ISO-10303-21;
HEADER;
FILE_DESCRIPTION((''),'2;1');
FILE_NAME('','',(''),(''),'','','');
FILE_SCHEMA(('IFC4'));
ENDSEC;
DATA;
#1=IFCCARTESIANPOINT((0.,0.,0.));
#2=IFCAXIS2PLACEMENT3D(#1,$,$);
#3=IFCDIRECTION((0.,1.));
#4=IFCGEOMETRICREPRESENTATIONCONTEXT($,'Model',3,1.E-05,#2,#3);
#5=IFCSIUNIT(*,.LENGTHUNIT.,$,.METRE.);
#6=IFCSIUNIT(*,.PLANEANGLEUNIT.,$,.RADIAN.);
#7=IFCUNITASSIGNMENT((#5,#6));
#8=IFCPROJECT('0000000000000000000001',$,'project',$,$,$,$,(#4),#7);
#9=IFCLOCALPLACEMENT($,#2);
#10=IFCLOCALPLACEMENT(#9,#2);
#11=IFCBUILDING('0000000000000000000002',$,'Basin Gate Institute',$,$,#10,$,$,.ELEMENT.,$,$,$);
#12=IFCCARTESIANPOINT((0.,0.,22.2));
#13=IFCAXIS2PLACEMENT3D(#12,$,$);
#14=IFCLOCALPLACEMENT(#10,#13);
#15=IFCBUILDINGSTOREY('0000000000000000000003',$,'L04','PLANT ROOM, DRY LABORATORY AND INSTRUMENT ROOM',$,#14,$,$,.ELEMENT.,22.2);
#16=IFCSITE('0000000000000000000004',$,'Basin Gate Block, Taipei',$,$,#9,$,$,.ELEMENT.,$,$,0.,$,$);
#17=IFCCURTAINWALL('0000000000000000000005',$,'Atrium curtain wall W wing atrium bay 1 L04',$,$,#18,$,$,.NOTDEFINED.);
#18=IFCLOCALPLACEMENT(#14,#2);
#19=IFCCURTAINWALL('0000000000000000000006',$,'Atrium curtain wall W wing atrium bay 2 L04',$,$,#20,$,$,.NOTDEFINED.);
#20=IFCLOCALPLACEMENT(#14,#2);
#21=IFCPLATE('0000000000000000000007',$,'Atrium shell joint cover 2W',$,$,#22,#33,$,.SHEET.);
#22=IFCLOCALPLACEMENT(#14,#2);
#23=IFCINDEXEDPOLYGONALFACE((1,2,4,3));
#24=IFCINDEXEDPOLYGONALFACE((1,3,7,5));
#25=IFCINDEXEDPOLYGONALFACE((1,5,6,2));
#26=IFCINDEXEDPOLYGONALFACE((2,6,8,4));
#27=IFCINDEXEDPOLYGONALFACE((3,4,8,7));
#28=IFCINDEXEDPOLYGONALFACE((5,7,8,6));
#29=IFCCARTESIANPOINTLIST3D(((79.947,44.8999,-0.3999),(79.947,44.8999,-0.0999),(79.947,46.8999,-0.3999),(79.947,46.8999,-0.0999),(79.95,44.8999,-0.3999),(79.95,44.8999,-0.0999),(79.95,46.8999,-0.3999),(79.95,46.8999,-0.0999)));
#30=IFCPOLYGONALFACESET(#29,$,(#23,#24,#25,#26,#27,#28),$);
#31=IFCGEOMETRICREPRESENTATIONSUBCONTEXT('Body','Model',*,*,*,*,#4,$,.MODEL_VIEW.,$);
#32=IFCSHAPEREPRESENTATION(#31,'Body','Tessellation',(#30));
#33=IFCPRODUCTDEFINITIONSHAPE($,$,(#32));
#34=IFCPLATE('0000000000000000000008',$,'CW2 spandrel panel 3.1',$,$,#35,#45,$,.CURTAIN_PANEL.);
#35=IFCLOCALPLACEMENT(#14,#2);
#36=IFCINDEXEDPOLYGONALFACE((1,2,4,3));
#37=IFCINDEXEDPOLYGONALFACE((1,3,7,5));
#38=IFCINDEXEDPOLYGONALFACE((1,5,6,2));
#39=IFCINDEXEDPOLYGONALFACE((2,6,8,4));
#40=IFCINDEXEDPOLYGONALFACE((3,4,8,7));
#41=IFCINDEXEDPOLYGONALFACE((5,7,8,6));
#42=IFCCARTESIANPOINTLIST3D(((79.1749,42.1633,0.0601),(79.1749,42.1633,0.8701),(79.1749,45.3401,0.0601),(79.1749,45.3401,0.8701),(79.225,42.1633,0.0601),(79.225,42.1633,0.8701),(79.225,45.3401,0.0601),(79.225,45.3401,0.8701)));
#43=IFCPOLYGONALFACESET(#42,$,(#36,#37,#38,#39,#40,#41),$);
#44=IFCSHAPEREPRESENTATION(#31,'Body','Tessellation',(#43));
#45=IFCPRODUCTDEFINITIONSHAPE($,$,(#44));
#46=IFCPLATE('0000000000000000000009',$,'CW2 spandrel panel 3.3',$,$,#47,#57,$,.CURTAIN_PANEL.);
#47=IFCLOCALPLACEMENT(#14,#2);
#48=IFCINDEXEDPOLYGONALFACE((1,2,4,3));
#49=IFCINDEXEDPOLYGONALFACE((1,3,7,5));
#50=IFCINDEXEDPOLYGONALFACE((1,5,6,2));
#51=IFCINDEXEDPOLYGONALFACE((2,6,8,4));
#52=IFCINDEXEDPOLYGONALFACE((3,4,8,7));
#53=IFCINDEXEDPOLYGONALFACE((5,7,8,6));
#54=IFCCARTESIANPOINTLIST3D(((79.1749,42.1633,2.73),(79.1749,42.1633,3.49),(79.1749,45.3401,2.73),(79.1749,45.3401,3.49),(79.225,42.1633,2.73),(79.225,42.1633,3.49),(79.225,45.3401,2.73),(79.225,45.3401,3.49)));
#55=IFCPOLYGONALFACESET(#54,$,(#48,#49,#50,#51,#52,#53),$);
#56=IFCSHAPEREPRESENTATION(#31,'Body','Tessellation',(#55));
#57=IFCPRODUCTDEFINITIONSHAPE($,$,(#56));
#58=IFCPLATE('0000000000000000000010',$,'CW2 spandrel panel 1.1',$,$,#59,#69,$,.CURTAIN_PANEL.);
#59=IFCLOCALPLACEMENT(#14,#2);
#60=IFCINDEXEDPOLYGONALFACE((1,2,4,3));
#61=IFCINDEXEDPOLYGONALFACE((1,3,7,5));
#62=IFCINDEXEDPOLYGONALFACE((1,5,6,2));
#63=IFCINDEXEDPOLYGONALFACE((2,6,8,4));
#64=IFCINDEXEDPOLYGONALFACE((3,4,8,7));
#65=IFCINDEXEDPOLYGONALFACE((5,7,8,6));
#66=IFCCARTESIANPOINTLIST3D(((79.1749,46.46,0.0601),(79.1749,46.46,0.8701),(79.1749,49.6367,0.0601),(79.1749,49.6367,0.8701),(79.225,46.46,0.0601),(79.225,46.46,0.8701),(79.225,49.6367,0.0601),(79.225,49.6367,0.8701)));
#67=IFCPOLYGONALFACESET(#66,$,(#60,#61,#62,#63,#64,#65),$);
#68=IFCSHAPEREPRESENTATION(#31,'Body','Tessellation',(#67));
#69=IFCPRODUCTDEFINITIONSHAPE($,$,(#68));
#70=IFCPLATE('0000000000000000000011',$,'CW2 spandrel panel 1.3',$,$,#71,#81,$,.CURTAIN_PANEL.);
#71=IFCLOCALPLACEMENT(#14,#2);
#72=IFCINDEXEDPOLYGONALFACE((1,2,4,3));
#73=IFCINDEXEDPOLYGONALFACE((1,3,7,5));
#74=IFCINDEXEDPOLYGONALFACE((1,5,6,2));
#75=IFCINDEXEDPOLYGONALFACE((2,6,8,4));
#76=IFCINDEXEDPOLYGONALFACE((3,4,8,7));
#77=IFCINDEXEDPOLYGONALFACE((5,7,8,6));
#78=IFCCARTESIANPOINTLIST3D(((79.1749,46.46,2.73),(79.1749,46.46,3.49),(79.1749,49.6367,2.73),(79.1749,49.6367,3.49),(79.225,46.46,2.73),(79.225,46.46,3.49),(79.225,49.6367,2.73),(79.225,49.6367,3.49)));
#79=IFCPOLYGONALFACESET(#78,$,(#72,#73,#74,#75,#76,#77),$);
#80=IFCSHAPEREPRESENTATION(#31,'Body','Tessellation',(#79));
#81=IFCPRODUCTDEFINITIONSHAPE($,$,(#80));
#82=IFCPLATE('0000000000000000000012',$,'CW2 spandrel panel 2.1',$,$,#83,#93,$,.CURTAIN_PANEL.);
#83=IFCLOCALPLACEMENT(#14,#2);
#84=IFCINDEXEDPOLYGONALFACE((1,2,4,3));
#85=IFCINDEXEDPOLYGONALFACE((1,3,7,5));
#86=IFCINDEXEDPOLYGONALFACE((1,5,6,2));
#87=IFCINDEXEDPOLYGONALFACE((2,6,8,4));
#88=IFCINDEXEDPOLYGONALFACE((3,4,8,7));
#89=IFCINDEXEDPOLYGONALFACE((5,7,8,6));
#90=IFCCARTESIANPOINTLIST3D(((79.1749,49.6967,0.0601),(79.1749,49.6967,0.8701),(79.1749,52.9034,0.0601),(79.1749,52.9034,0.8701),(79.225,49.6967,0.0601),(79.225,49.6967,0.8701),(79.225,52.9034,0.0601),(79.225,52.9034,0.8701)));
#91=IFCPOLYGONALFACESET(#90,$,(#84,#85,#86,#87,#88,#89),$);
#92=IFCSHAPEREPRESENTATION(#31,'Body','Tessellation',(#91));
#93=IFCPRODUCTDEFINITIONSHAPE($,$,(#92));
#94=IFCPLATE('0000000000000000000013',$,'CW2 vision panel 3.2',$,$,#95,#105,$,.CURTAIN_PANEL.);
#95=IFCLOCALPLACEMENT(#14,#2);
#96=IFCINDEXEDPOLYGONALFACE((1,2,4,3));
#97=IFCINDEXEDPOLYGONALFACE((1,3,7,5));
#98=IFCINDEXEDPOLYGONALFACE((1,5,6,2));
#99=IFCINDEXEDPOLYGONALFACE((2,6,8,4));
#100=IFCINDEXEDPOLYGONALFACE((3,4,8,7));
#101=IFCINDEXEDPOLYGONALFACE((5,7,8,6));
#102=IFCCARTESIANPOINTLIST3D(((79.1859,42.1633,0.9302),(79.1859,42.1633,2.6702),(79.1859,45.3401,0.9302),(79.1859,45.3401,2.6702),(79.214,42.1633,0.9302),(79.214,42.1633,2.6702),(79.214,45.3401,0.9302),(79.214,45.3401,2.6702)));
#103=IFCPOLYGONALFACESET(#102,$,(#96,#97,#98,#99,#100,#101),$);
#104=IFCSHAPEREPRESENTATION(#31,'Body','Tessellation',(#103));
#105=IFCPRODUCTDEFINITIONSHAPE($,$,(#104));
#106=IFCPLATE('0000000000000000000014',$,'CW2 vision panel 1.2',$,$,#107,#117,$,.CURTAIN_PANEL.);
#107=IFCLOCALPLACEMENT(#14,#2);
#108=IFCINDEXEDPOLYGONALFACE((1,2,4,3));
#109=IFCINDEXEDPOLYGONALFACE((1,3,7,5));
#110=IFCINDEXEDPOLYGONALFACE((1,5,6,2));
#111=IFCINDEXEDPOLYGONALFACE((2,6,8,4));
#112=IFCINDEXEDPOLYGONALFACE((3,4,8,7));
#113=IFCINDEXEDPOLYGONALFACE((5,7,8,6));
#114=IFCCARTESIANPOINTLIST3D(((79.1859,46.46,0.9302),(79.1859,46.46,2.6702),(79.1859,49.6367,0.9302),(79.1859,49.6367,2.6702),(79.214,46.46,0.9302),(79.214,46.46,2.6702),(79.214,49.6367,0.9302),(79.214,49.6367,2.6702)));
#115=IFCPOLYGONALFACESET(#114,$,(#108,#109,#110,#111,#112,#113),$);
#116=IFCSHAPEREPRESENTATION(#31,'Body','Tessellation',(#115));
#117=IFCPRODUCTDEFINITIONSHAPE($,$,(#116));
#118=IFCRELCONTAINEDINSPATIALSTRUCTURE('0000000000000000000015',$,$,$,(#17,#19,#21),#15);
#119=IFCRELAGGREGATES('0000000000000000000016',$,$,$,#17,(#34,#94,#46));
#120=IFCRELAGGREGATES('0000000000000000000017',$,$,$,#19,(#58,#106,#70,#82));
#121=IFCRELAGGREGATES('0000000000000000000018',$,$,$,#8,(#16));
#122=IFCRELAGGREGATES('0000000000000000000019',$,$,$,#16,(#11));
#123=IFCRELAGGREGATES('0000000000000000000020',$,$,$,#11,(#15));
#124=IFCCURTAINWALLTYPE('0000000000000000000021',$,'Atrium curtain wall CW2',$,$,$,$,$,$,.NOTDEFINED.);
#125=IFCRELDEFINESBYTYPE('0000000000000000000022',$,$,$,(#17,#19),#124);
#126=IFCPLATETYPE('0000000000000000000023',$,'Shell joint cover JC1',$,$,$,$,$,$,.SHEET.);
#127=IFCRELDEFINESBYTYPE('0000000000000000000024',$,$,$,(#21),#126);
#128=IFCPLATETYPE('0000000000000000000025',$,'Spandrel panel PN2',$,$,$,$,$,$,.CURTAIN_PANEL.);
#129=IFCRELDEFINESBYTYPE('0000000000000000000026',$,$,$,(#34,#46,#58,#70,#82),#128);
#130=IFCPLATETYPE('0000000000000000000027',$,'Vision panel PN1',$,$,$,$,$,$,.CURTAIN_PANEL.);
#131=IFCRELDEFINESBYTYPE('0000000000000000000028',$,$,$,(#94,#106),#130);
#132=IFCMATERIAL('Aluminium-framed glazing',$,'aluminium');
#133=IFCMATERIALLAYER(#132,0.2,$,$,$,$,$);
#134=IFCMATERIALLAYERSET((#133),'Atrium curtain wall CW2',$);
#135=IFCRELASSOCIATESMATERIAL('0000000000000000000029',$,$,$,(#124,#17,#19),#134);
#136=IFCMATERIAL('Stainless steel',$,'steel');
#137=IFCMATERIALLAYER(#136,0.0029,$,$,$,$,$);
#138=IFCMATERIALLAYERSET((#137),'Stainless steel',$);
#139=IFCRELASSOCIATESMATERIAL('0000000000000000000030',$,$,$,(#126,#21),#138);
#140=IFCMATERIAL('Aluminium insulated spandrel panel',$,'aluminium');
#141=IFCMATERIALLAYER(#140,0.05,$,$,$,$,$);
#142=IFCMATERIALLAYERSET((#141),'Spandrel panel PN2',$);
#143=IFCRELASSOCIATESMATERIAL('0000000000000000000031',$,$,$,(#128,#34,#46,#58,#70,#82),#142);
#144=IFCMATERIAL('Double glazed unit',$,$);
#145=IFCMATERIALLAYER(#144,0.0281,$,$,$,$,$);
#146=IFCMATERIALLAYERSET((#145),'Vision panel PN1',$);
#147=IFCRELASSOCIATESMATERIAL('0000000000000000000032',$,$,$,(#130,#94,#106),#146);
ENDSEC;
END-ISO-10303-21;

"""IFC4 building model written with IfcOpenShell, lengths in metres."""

from ifc_helpers import new_model, si_unit, direction, frame, origin, origin_2d, place, context, subcontext, project, spatial, rectangle, extrude, material, layer, layer_set, type_object, element, aggregate, save


model = new_model("IFC4")

# Units and contexts
model_context = context("Model", 3, precision=1e-05, world=origin(), true_north=direction((0.0, 1.0)))
body_context = subcontext(model_context, "Body", "Model", "MODEL_VIEW")
ifc_project = project(units=[si_unit("LENGTHUNIT", "METRE"), si_unit("PLANEANGLEUNIT", "RADIAN")], contexts=[model_context])

# Site, building, storey
site_placement = place(None, origin())
site = spatial("IfcSite", under=ifc_project, at=site_placement, Name="Basin Gate Block, Taipei", CompositionType="ELEMENT", RefElevation=0.0)
building_placement = place(site_placement, origin())
building = spatial("IfcBuilding", under=site, at=building_placement, Name="Basin Gate Institute", CompositionType="ELEMENT")
storey_placement = place(building_placement, frame((0.0, 0.0, 22.2)))
storey = spatial("IfcBuildingStorey", under=building, at=storey_placement, Name="L04", Description="PLANT ROOM, DRY LABORATORY AND INSTRUMENT ROOM", CompositionType="ELEMENT", Elevation=22.2)

# Curtain wall
ifc_material_1 = material(Name="Aluminium-framed glazing", Category="aluminium")
ifc_layer_1 = layer(ifc_material_1, 0.2)
ifc_layer_set_1 = layer_set([ifc_layer_1], Name="Atrium curtain wall CW2")
curtain_wall_type = type_object("IfcCurtainWallType", Name="Atrium curtain wall CW2", PredefinedType="NOTDEFINED", material=ifc_layer_set_1)
curtain_wall_1_placement = place(storey_placement, origin())
curtain_wall_1 = element("IfcCurtainWall", 1, at=curtain_wall_1_placement, inside=storey, type_object=curtain_wall_type, material=ifc_layer_set_1, Name="Atrium curtain wall W wing atrium bay 1 L04", PredefinedType="NOTDEFINED")

# Curtain wall
curtain_wall_2_placement = place(storey_placement, origin())
curtain_wall_2 = element("IfcCurtainWall", 2, at=curtain_wall_2_placement, inside=storey, type_object=curtain_wall_type, material=ifc_layer_set_1, Name="Atrium curtain wall W wing atrium bay 2 L04", PredefinedType="NOTDEFINED")

# Plates
ifc_material_2 = material(Name="Stainless steel", Category="steel")
ifc_layer_2 = layer(ifc_material_2, 0.0029)
ifc_layer_set_2 = layer_set([ifc_layer_2], Name="Stainless steel")
plate_type_1 = type_object("IfcPlateType", Name="Shell joint cover JC1", PredefinedType="SHEET", material=ifc_layer_set_2)
plate_1_placement = place(storey_placement, frame((79.9485, 45.8999, -0.3999), z_axis=(0.0, 0.0, 1.0), x_axis=(1.0, 0.0, 0.0)))
element("IfcPlate", 3, at=plate_1_placement, inside=storey, type_object=plate_type_1, material=ifc_layer_set_2, Name="Atrium shell joint cover 2W", PredefinedType="SHEET", context=body_context, shape_type="SweptSolid", body=[
    extrude(rectangle(XDim=0.0029, YDim=2.0, at=origin_2d()), origin(), (0.0, 0.0, 1.0), 0.3),
])
ifc_material_3 = material(Name="Aluminium insulated spandrel panel", Category="aluminium")
ifc_layer_3 = layer(ifc_material_3, 0.05)
ifc_layer_set_3 = layer_set([ifc_layer_3], Name="Spandrel panel PN2")
plate_type_2 = type_object("IfcPlateType", Name="Spandrel panel PN2", PredefinedType="CURTAIN_PANEL", material=ifc_layer_set_3)
plate_2_placement = place(storey_placement, frame((79.2, 43.7517, 0.0601), z_axis=(0.0, 0.0, 1.0), x_axis=(0.0, 1.0, 0.0)))
plate_2 = element("IfcPlate", 4, at=plate_2_placement, type_object=plate_type_2, material=ifc_layer_set_3, Name="CW2 spandrel panel 3.1", PredefinedType="CURTAIN_PANEL", context=body_context, shape_type="SweptSolid", body=[
    extrude(rectangle(XDim=3.1768, YDim=0.05, at=origin_2d()), origin(), (0.0, 0.0, 1.0), 0.8101),
])
plate_3_placement = place(storey_placement, frame((79.2, 43.7517, 2.73), z_axis=(0.0, 0.0, 1.0), x_axis=(0.0, 1.0, 0.0)))
plate_3 = element("IfcPlate", 5, at=plate_3_placement, type_object=plate_type_2, material=ifc_layer_set_3, Name="CW2 spandrel panel 3.3", PredefinedType="CURTAIN_PANEL", context=body_context, shape_type="SweptSolid", body=[
    extrude(rectangle(XDim=3.1768, YDim=0.05, at=origin_2d()), origin(), (0.0, 0.0, 1.0), 0.76),
])
plate_4_placement = place(storey_placement, frame((79.2, 48.0483, 0.0601), z_axis=(0.0, 0.0, 1.0), x_axis=(0.0, 1.0, 0.0)))
plate_4 = element("IfcPlate", 6, at=plate_4_placement, type_object=plate_type_2, material=ifc_layer_set_3, Name="CW2 spandrel panel 1.1", PredefinedType="CURTAIN_PANEL", context=body_context, shape_type="SweptSolid", body=[
    extrude(rectangle(XDim=3.1768, YDim=0.05, at=origin_2d()), origin(), (0.0, 0.0, 1.0), 0.8101),
])
plate_5_placement = place(storey_placement, frame((79.2, 48.0483, 2.73), z_axis=(0.0, 0.0, 1.0), x_axis=(0.0, 1.0, 0.0)))
plate_5 = element("IfcPlate", 7, at=plate_5_placement, type_object=plate_type_2, material=ifc_layer_set_3, Name="CW2 spandrel panel 1.3", PredefinedType="CURTAIN_PANEL", context=body_context, shape_type="SweptSolid", body=[
    extrude(rectangle(XDim=3.1768, YDim=0.05, at=origin_2d()), origin(), (0.0, 0.0, 1.0), 0.76),
])
plate_6_placement = place(storey_placement, frame((79.2, 51.3, 0.0601), z_axis=(0.0, 0.0, 1.0), x_axis=(0.0, 1.0, 0.0)))
plate_6 = element("IfcPlate", 8, at=plate_6_placement, type_object=plate_type_2, material=ifc_layer_set_3, Name="CW2 spandrel panel 2.1", PredefinedType="CURTAIN_PANEL", context=body_context, shape_type="SweptSolid", body=[
    extrude(rectangle(XDim=3.2068, YDim=0.05, at=origin_2d()), origin(), (0.0, 0.0, 1.0), 0.8101),
])
ifc_material_4 = material(Name="Double glazed unit")
ifc_layer_4 = layer(ifc_material_4, 0.0281)
ifc_layer_set_4 = layer_set([ifc_layer_4], Name="Vision panel PN1")
plate_type_3 = type_object("IfcPlateType", Name="Vision panel PN1", PredefinedType="CURTAIN_PANEL", material=ifc_layer_set_4)
plate_7_placement = place(storey_placement, frame((79.2, 43.7517, 0.9302), z_axis=(0.0, 0.0, 1.0), x_axis=(0.0, 1.0, 0.0)))
plate_7 = element("IfcPlate", 9, at=plate_7_placement, type_object=plate_type_3, material=ifc_layer_set_4, Name="CW2 vision panel 3.2", PredefinedType="CURTAIN_PANEL", context=body_context, shape_type="SweptSolid", body=[
    extrude(rectangle(XDim=3.1768, YDim=0.0281, at=origin_2d()), origin(), (0.0, 0.0, 1.0), 1.74),
])
aggregate(curtain_wall_1, [plate_2, plate_7, plate_3])
plate_8_placement = place(storey_placement, frame((79.2, 48.0483, 0.9302), z_axis=(0.0, 0.0, 1.0), x_axis=(0.0, 1.0, 0.0)))
plate_8 = element("IfcPlate", 10, at=plate_8_placement, type_object=plate_type_3, material=ifc_layer_set_4, Name="CW2 vision panel 1.2", PredefinedType="CURTAIN_PANEL", context=body_context, shape_type="SweptSolid", body=[
    extrude(rectangle(XDim=3.1768, YDim=0.0281, at=origin_2d()), origin(), (0.0, 0.0, 1.0), 1.74),
])
aggregate(curtain_wall_2, [plate_4, plate_8, plate_5, plate_6])

save(model, "model.ifc")
